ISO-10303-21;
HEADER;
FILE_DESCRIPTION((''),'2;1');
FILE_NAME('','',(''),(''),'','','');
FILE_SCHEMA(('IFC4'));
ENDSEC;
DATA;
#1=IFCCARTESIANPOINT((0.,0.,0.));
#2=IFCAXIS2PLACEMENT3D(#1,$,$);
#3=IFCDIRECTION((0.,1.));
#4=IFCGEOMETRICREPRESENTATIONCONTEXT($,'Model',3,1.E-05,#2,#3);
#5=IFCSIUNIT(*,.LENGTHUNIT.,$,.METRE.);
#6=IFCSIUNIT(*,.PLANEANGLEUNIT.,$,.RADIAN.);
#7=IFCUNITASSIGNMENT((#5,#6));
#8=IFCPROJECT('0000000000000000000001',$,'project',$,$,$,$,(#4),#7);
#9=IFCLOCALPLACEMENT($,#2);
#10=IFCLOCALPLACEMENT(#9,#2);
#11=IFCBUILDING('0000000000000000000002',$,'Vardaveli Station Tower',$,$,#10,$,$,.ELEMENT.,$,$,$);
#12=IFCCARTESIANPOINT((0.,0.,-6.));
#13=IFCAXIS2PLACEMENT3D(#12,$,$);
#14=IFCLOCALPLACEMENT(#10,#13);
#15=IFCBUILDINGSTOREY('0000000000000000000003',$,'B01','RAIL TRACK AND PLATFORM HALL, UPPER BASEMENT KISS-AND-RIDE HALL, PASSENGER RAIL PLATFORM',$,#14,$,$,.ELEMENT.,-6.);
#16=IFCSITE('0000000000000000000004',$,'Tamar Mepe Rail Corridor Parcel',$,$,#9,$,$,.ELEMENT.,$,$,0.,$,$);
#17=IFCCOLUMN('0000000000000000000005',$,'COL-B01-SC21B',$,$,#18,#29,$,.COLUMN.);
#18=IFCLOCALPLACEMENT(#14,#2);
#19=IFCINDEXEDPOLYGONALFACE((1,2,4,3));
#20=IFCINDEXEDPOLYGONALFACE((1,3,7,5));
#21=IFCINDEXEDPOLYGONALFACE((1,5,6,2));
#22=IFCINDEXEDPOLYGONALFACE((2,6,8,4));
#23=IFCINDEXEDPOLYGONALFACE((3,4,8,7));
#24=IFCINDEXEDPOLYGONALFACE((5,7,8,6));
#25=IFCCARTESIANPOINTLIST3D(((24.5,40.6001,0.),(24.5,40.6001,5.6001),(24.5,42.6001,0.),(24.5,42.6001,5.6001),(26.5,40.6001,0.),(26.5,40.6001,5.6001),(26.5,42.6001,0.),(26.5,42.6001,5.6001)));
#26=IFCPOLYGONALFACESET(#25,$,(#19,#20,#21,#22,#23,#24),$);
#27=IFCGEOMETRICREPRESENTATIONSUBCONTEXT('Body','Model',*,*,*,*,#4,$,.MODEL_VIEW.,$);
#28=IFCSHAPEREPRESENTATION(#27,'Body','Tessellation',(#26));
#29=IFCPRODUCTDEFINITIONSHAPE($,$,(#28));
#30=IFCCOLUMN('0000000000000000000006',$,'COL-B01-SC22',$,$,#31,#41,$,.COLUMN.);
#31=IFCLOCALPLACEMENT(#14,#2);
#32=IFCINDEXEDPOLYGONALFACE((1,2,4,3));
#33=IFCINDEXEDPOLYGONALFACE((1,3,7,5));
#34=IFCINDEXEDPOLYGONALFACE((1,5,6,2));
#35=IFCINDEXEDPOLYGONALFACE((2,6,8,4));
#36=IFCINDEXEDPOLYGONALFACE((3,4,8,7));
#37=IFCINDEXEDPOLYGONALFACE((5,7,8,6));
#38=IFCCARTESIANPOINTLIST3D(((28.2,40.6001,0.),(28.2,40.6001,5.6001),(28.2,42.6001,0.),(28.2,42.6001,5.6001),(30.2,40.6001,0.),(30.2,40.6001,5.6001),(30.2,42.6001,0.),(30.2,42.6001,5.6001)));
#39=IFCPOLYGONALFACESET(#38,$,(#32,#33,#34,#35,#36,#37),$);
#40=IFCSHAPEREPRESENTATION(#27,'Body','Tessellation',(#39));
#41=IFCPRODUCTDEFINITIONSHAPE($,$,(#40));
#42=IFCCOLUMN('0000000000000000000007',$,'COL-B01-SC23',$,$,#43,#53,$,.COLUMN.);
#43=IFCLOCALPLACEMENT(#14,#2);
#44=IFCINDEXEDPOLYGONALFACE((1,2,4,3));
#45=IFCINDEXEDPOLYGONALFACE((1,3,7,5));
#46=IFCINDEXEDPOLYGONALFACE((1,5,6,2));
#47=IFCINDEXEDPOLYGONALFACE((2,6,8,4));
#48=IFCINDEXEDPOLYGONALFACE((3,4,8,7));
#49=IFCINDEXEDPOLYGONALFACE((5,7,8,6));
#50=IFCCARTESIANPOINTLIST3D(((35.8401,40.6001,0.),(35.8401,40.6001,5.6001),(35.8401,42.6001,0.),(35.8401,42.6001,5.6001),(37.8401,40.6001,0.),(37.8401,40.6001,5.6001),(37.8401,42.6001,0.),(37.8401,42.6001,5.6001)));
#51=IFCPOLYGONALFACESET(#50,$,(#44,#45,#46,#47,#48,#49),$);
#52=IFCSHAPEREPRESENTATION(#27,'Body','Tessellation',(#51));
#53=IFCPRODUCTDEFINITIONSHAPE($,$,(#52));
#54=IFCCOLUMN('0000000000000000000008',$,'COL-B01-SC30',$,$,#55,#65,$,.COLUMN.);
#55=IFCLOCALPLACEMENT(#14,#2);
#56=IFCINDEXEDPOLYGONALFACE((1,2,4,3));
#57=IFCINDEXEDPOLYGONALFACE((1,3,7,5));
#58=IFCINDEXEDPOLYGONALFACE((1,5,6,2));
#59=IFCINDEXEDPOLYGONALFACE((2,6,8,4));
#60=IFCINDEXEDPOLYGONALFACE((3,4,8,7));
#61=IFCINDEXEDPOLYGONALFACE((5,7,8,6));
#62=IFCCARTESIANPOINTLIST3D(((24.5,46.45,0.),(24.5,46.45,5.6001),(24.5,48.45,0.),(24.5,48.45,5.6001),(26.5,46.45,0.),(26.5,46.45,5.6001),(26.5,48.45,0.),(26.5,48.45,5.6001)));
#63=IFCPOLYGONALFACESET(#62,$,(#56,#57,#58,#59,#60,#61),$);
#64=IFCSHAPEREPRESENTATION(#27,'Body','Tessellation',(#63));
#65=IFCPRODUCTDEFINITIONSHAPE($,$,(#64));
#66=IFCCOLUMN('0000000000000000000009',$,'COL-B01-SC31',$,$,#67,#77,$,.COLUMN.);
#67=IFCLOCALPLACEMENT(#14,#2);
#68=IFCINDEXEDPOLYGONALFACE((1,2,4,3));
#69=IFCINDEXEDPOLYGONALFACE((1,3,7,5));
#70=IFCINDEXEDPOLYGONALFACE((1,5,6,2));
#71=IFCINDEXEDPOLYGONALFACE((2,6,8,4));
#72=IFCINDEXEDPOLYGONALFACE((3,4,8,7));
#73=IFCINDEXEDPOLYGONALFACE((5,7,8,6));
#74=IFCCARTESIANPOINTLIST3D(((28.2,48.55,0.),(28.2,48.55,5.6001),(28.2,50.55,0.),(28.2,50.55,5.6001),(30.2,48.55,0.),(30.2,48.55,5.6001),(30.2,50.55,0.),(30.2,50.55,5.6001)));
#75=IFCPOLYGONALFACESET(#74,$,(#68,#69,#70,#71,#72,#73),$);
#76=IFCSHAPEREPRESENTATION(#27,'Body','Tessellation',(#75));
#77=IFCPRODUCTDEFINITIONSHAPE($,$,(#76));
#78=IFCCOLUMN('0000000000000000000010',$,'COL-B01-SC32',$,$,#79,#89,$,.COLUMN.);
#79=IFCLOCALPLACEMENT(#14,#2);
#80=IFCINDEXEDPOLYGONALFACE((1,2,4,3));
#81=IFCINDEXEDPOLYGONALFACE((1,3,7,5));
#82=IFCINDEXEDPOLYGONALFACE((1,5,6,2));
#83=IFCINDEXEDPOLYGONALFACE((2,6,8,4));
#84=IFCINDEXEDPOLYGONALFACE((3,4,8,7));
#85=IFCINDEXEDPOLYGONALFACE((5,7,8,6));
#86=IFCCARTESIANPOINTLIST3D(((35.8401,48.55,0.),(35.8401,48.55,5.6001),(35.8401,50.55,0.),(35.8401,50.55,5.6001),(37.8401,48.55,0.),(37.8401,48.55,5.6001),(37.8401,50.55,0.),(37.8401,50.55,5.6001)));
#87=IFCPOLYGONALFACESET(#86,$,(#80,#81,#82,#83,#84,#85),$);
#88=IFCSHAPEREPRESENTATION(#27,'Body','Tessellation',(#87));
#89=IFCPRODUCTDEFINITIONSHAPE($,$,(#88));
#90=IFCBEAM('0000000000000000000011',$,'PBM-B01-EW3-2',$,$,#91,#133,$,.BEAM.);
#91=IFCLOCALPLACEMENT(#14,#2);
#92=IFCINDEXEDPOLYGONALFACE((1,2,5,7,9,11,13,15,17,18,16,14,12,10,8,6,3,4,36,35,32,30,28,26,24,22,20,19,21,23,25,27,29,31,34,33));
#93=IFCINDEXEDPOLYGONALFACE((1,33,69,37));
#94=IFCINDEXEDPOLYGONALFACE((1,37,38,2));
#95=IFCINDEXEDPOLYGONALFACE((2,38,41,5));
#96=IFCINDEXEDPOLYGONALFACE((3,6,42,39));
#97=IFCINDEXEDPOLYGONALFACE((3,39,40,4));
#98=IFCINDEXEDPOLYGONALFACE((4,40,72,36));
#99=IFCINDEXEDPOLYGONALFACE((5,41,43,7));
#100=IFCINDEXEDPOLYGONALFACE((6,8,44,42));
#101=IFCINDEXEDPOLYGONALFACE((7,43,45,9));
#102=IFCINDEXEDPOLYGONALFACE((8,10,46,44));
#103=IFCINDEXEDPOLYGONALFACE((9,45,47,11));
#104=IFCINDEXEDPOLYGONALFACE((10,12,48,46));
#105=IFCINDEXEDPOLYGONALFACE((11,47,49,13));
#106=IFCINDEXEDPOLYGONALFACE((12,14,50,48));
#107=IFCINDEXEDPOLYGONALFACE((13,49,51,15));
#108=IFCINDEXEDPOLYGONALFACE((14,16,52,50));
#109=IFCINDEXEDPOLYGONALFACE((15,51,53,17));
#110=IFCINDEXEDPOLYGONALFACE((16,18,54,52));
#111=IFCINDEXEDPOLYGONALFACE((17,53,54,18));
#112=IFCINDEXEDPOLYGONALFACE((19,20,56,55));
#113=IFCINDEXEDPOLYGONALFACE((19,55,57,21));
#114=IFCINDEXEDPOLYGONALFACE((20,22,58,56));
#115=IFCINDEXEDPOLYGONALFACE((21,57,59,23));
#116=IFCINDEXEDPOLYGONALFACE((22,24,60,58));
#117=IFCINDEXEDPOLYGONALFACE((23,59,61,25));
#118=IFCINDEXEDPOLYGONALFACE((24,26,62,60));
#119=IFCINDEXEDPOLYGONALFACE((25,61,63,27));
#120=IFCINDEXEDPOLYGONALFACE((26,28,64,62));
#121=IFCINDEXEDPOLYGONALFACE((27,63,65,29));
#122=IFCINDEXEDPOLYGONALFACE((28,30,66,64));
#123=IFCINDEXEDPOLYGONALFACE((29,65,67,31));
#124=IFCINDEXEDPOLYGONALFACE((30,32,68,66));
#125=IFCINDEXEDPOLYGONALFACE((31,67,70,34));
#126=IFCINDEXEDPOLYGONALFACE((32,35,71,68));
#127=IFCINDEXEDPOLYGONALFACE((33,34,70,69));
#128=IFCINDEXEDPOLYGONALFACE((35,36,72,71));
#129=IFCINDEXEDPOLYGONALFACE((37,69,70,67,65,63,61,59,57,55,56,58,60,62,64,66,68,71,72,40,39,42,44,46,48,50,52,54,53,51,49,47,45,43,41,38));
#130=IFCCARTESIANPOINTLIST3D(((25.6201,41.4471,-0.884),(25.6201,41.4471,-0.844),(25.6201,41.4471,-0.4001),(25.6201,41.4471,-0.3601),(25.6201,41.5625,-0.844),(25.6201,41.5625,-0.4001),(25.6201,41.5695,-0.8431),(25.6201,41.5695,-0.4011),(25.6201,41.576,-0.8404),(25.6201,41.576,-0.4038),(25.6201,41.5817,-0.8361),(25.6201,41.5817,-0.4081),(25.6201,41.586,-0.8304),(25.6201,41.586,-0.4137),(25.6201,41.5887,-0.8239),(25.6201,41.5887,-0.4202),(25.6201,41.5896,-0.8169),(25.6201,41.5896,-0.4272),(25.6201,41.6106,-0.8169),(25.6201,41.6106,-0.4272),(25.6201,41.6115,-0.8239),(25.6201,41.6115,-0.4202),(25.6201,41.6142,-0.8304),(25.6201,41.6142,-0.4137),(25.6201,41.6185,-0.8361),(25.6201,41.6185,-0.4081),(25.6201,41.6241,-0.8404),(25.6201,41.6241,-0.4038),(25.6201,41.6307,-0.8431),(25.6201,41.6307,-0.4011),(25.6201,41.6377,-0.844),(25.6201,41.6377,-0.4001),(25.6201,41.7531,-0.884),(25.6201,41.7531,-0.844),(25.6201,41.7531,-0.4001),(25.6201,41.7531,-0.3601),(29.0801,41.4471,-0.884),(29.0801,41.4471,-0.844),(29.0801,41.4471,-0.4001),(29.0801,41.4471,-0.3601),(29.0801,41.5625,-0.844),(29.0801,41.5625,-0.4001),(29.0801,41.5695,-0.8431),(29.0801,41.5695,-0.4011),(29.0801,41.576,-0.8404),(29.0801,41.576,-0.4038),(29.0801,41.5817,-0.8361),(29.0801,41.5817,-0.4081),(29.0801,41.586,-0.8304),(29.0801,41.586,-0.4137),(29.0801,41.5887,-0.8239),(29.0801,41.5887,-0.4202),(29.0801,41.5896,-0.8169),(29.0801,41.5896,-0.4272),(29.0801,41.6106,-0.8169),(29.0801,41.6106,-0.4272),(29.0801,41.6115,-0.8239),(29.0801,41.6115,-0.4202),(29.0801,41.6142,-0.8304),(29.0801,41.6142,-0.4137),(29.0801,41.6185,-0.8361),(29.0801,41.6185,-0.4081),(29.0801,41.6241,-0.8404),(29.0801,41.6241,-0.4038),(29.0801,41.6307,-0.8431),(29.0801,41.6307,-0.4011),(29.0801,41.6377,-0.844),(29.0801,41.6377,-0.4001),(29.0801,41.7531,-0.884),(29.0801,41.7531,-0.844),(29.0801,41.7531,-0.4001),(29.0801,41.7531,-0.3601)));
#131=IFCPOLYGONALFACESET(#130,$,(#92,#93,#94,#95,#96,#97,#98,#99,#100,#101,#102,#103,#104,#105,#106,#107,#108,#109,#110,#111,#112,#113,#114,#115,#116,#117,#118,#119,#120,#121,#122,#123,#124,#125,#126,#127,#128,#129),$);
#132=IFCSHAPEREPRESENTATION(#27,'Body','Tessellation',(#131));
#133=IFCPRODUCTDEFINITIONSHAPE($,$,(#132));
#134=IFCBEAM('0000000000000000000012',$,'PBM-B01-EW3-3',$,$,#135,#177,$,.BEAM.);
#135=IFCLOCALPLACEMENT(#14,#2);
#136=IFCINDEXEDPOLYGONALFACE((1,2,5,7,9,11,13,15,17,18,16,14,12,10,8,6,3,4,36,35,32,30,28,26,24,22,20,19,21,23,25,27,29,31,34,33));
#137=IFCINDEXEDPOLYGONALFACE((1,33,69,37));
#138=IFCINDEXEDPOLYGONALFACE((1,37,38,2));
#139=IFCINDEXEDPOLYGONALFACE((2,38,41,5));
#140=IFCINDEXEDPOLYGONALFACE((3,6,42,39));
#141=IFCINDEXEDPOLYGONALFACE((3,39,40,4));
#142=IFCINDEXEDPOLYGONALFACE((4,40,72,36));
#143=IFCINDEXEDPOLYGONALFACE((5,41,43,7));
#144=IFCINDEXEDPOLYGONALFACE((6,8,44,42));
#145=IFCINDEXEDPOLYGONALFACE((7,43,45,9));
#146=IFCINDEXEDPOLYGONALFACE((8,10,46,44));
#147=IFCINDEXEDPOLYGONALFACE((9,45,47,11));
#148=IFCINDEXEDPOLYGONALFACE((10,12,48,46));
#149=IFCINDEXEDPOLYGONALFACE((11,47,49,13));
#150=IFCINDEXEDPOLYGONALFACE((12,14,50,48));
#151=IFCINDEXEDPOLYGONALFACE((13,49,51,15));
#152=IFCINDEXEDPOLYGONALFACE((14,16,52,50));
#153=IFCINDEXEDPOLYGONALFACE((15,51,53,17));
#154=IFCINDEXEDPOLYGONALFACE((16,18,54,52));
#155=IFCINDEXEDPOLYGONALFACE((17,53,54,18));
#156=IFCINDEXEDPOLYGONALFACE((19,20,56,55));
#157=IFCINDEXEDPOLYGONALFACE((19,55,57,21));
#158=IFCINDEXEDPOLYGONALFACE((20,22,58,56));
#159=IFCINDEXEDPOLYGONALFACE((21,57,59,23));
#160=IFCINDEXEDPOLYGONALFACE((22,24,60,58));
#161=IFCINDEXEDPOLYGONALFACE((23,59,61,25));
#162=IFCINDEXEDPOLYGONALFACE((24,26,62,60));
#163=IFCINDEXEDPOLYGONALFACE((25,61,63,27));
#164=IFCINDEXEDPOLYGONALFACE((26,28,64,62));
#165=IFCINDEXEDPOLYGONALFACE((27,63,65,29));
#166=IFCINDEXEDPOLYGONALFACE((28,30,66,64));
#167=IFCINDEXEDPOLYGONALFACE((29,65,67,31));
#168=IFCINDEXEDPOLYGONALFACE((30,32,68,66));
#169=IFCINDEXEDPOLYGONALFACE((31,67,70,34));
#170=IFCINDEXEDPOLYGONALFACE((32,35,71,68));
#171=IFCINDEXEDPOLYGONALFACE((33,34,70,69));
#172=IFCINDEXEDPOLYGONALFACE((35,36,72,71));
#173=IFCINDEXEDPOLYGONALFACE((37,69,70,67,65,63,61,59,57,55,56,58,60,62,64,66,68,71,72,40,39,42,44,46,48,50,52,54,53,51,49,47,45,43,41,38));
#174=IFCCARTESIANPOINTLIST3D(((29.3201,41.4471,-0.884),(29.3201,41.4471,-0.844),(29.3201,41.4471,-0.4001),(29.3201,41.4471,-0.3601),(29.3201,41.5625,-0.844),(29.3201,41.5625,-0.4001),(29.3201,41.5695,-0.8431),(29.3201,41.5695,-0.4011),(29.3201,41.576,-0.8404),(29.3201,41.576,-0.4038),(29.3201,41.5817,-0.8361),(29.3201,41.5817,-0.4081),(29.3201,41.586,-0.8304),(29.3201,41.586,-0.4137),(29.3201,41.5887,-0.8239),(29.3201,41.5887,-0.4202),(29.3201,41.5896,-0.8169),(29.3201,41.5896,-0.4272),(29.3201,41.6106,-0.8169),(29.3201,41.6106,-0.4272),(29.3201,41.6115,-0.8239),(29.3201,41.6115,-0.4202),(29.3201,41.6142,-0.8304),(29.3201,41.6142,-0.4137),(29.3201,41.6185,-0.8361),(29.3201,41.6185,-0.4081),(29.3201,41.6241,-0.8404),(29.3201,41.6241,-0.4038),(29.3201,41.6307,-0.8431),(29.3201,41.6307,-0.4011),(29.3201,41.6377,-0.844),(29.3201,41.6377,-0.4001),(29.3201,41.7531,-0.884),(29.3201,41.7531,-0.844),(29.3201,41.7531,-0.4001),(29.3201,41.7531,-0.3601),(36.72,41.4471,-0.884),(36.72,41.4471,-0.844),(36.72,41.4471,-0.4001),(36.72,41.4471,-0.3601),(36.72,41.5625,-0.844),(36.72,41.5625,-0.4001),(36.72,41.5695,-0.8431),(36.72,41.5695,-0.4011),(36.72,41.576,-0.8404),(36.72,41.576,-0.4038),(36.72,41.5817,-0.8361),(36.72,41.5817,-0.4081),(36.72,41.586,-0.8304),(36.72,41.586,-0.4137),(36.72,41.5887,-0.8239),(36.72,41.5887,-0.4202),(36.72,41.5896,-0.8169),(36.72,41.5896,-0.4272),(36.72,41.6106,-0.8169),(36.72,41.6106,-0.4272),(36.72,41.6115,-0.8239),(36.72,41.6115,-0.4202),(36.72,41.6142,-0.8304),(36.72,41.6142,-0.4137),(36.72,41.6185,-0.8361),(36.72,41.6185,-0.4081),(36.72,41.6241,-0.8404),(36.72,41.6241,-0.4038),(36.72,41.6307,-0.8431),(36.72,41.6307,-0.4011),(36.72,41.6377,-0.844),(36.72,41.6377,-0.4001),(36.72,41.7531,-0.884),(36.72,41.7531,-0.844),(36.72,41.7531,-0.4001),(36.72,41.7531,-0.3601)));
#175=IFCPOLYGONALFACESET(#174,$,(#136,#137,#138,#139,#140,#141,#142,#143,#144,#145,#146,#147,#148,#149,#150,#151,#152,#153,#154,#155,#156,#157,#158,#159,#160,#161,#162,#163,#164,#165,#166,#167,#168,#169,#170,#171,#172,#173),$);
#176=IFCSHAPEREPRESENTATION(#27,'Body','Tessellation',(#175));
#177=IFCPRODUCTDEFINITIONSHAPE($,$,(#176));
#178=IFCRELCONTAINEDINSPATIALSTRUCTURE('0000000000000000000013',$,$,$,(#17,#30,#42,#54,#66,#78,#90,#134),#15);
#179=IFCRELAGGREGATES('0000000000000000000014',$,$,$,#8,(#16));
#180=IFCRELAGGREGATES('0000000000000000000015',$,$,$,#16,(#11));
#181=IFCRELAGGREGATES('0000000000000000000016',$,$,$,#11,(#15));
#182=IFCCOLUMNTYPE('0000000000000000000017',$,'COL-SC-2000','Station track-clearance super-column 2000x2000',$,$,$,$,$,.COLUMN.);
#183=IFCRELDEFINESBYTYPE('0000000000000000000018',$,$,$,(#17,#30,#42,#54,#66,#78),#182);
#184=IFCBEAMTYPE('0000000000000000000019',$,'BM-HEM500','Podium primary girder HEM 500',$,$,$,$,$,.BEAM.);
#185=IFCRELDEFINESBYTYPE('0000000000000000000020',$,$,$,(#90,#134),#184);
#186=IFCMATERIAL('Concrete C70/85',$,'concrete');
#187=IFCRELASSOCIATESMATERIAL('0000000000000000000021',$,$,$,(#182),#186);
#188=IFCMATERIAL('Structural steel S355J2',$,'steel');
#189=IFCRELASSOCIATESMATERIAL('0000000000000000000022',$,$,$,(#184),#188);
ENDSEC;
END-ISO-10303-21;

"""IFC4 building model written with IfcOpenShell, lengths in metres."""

from ifc_helpers import new_model, si_unit, direction, frame, origin, origin_2d, place, context, subcontext, project, spatial, rectangle, i_section, extrude, source, transform, mapped, material, material_profile, profile_set, type_object, element, save


model = new_model("IFC4")

# Units and contexts
model_context = context("Model", 3, precision=1e-05, world=origin(), true_north=direction((0.0, 1.0)))
body_context = subcontext(model_context, "Body", "Model", "MODEL_VIEW")
ifc_project = project(units=[si_unit("LENGTHUNIT", "METRE"), si_unit("PLANEANGLEUNIT", "RADIAN")], contexts=[model_context])

# Site, building, storey
site_placement = place(None, origin())
site = spatial("IfcSite", under=ifc_project, at=site_placement, Name="Tamar Mepe Rail Corridor Parcel", CompositionType="ELEMENT", RefElevation=0.0)
building_placement = place(site_placement, origin())
building = spatial("IfcBuilding", under=site, at=building_placement, Name="Vardaveli Station Tower", CompositionType="ELEMENT")
storey_placement = place(building_placement, frame((0.0, 0.0, -6.0)))
storey = spatial("IfcBuildingStorey", under=building, at=storey_placement, Name="B01", Description="RAIL TRACK AND PLATFORM HALL, UPPER BASEMENT KISS-AND-RIDE HALL, PASSENGER RAIL PLATFORM", CompositionType="ELEMENT", Elevation=-6.0)

# Columns
ifc_material_1 = material(Name="Concrete C70/85", Category="concrete")
ifc_material_profile_1 = material_profile(ifc_material_1, rectangle(XDim=2.0, YDim=2.0, at=origin_2d()), Name="SC 2000x2000")
ifc_profile_set_1 = profile_set([ifc_material_profile_1], Name="Concrete C70/85")
column_type = type_object("IfcColumnType", Name="COL-SC-2000", Description="Station track-clearance super-column 2000x2000", PredefinedType="COLUMN", material=ifc_profile_set_1)
shared_shape_1 = source(origin(), body_context, "Body", "SweptSolid", [
    extrude(rectangle(XDim=2.0, YDim=2.0, at=origin_2d()), origin(), (0.0, 0.0, 1.0), 5.6001),
])
for number, where, z_axis, x_axis, name in (
    (1, (25.5, 41.6001, 0.0), (0.0, 0.0, 1.0), (1.0, 0.0, 0.0), "COL-B01-SC21B"),
    (2, (29.2, 41.6001, 0.0), (0.0, 0.0, 1.0), (1.0, 0.0, 0.0), "COL-B01-SC22"),
    (3, (36.8401, 41.6001, 0.0), (0.0, 0.0, 1.0), (1.0, 0.0, 0.0), "COL-B01-SC23"),
    (4, (25.5, 47.45, 0.0), (0.0, 0.0, 1.0), (1.0, 0.0, 0.0), "COL-B01-SC30"),
    (5, (29.2, 49.55, 0.0), (0.0, 0.0, 1.0), (1.0, 0.0, 0.0), "COL-B01-SC31"),
    (6, (36.8401, 49.55, 0.0), (0.0, 0.0, 1.0), (1.0, 0.0, 0.0), "COL-B01-SC32"),
):
    element("IfcColumn", number, at=place(storey_placement, frame(where, z_axis=z_axis, x_axis=x_axis)), inside=storey, type_object=column_type, Name=name, PredefinedType="COLUMN", context=body_context, shape_type="MappedRepresentation", body=[
        mapped(shared_shape_1, transform((0.0, 0.0, 0.0), scale=1.0)),
    ])

# Beams
ifc_material_2 = material(Name="Structural steel S355J2", Category="steel")
ifc_material_profile_2 = material_profile(ifc_material_2, i_section(OverallWidth=0.3059, OverallDepth=0.5239, WebThickness=0.021, FlangeThickness=0.04, FilletRadius=0.0271, at=origin_2d()), Name="HEM 500")
ifc_profile_set_2 = profile_set([ifc_material_profile_2], Name="Structural steel S355J2")
beam_type = type_object("IfcBeamType", Name="BM-HEM500", Description="Podium primary girder HEM 500", PredefinedType="BEAM", material=ifc_profile_set_2)
shared_shape_2 = source(origin(), body_context, "Body", "SweptSolid", [
    extrude(i_section(OverallWidth=0.3059, OverallDepth=0.5239, WebThickness=0.021, FlangeThickness=0.04, FilletRadius=0.0271, at=origin_2d()), origin(), (0.0, 0.0, 1.0), 3.46),
])
beam_placement = place(storey_placement, frame((25.6201, 41.6001, -0.6221), z_axis=(1.0, 0.0, 0.0), x_axis=(0.0, 1.0, 0.0)))
element("IfcBeam", 7, at=beam_placement, inside=storey, type_object=beam_type, Name="PBM-B01-EW3-2", PredefinedType="BEAM", context=body_context, shape_type="MappedRepresentation", body=[
    mapped(shared_shape_2, transform((0.0, 0.0, 0.0), scale=1.0)),
])
shared_shape_3 = source(origin(), body_context, "Body", "SweptSolid", [
    extrude(i_section(OverallWidth=0.3059, OverallDepth=0.5239, WebThickness=0.021, FlangeThickness=0.04, FilletRadius=0.0271, at=origin_2d()), origin(), (0.0, 0.0, 1.0), 7.3999),
])
for number, where, z_axis, x_axis, name in (
    (8, (29.3201, 41.6001, -0.6221), (1.0, 0.0, 0.0), (0.0, 1.0, 0.0), "PBM-B01-EW3-3"),
):
    element("IfcBeam", number, at=place(storey_placement, frame(where, z_axis=z_axis, x_axis=x_axis)), inside=storey, type_object=beam_type, Name=name, PredefinedType="BEAM", context=body_context, shape_type="MappedRepresentation", body=[
        mapped(shared_shape_3, transform((0.0, 0.0, 0.0), scale=1.0)),
    ])

save(model, "model.ifc")
